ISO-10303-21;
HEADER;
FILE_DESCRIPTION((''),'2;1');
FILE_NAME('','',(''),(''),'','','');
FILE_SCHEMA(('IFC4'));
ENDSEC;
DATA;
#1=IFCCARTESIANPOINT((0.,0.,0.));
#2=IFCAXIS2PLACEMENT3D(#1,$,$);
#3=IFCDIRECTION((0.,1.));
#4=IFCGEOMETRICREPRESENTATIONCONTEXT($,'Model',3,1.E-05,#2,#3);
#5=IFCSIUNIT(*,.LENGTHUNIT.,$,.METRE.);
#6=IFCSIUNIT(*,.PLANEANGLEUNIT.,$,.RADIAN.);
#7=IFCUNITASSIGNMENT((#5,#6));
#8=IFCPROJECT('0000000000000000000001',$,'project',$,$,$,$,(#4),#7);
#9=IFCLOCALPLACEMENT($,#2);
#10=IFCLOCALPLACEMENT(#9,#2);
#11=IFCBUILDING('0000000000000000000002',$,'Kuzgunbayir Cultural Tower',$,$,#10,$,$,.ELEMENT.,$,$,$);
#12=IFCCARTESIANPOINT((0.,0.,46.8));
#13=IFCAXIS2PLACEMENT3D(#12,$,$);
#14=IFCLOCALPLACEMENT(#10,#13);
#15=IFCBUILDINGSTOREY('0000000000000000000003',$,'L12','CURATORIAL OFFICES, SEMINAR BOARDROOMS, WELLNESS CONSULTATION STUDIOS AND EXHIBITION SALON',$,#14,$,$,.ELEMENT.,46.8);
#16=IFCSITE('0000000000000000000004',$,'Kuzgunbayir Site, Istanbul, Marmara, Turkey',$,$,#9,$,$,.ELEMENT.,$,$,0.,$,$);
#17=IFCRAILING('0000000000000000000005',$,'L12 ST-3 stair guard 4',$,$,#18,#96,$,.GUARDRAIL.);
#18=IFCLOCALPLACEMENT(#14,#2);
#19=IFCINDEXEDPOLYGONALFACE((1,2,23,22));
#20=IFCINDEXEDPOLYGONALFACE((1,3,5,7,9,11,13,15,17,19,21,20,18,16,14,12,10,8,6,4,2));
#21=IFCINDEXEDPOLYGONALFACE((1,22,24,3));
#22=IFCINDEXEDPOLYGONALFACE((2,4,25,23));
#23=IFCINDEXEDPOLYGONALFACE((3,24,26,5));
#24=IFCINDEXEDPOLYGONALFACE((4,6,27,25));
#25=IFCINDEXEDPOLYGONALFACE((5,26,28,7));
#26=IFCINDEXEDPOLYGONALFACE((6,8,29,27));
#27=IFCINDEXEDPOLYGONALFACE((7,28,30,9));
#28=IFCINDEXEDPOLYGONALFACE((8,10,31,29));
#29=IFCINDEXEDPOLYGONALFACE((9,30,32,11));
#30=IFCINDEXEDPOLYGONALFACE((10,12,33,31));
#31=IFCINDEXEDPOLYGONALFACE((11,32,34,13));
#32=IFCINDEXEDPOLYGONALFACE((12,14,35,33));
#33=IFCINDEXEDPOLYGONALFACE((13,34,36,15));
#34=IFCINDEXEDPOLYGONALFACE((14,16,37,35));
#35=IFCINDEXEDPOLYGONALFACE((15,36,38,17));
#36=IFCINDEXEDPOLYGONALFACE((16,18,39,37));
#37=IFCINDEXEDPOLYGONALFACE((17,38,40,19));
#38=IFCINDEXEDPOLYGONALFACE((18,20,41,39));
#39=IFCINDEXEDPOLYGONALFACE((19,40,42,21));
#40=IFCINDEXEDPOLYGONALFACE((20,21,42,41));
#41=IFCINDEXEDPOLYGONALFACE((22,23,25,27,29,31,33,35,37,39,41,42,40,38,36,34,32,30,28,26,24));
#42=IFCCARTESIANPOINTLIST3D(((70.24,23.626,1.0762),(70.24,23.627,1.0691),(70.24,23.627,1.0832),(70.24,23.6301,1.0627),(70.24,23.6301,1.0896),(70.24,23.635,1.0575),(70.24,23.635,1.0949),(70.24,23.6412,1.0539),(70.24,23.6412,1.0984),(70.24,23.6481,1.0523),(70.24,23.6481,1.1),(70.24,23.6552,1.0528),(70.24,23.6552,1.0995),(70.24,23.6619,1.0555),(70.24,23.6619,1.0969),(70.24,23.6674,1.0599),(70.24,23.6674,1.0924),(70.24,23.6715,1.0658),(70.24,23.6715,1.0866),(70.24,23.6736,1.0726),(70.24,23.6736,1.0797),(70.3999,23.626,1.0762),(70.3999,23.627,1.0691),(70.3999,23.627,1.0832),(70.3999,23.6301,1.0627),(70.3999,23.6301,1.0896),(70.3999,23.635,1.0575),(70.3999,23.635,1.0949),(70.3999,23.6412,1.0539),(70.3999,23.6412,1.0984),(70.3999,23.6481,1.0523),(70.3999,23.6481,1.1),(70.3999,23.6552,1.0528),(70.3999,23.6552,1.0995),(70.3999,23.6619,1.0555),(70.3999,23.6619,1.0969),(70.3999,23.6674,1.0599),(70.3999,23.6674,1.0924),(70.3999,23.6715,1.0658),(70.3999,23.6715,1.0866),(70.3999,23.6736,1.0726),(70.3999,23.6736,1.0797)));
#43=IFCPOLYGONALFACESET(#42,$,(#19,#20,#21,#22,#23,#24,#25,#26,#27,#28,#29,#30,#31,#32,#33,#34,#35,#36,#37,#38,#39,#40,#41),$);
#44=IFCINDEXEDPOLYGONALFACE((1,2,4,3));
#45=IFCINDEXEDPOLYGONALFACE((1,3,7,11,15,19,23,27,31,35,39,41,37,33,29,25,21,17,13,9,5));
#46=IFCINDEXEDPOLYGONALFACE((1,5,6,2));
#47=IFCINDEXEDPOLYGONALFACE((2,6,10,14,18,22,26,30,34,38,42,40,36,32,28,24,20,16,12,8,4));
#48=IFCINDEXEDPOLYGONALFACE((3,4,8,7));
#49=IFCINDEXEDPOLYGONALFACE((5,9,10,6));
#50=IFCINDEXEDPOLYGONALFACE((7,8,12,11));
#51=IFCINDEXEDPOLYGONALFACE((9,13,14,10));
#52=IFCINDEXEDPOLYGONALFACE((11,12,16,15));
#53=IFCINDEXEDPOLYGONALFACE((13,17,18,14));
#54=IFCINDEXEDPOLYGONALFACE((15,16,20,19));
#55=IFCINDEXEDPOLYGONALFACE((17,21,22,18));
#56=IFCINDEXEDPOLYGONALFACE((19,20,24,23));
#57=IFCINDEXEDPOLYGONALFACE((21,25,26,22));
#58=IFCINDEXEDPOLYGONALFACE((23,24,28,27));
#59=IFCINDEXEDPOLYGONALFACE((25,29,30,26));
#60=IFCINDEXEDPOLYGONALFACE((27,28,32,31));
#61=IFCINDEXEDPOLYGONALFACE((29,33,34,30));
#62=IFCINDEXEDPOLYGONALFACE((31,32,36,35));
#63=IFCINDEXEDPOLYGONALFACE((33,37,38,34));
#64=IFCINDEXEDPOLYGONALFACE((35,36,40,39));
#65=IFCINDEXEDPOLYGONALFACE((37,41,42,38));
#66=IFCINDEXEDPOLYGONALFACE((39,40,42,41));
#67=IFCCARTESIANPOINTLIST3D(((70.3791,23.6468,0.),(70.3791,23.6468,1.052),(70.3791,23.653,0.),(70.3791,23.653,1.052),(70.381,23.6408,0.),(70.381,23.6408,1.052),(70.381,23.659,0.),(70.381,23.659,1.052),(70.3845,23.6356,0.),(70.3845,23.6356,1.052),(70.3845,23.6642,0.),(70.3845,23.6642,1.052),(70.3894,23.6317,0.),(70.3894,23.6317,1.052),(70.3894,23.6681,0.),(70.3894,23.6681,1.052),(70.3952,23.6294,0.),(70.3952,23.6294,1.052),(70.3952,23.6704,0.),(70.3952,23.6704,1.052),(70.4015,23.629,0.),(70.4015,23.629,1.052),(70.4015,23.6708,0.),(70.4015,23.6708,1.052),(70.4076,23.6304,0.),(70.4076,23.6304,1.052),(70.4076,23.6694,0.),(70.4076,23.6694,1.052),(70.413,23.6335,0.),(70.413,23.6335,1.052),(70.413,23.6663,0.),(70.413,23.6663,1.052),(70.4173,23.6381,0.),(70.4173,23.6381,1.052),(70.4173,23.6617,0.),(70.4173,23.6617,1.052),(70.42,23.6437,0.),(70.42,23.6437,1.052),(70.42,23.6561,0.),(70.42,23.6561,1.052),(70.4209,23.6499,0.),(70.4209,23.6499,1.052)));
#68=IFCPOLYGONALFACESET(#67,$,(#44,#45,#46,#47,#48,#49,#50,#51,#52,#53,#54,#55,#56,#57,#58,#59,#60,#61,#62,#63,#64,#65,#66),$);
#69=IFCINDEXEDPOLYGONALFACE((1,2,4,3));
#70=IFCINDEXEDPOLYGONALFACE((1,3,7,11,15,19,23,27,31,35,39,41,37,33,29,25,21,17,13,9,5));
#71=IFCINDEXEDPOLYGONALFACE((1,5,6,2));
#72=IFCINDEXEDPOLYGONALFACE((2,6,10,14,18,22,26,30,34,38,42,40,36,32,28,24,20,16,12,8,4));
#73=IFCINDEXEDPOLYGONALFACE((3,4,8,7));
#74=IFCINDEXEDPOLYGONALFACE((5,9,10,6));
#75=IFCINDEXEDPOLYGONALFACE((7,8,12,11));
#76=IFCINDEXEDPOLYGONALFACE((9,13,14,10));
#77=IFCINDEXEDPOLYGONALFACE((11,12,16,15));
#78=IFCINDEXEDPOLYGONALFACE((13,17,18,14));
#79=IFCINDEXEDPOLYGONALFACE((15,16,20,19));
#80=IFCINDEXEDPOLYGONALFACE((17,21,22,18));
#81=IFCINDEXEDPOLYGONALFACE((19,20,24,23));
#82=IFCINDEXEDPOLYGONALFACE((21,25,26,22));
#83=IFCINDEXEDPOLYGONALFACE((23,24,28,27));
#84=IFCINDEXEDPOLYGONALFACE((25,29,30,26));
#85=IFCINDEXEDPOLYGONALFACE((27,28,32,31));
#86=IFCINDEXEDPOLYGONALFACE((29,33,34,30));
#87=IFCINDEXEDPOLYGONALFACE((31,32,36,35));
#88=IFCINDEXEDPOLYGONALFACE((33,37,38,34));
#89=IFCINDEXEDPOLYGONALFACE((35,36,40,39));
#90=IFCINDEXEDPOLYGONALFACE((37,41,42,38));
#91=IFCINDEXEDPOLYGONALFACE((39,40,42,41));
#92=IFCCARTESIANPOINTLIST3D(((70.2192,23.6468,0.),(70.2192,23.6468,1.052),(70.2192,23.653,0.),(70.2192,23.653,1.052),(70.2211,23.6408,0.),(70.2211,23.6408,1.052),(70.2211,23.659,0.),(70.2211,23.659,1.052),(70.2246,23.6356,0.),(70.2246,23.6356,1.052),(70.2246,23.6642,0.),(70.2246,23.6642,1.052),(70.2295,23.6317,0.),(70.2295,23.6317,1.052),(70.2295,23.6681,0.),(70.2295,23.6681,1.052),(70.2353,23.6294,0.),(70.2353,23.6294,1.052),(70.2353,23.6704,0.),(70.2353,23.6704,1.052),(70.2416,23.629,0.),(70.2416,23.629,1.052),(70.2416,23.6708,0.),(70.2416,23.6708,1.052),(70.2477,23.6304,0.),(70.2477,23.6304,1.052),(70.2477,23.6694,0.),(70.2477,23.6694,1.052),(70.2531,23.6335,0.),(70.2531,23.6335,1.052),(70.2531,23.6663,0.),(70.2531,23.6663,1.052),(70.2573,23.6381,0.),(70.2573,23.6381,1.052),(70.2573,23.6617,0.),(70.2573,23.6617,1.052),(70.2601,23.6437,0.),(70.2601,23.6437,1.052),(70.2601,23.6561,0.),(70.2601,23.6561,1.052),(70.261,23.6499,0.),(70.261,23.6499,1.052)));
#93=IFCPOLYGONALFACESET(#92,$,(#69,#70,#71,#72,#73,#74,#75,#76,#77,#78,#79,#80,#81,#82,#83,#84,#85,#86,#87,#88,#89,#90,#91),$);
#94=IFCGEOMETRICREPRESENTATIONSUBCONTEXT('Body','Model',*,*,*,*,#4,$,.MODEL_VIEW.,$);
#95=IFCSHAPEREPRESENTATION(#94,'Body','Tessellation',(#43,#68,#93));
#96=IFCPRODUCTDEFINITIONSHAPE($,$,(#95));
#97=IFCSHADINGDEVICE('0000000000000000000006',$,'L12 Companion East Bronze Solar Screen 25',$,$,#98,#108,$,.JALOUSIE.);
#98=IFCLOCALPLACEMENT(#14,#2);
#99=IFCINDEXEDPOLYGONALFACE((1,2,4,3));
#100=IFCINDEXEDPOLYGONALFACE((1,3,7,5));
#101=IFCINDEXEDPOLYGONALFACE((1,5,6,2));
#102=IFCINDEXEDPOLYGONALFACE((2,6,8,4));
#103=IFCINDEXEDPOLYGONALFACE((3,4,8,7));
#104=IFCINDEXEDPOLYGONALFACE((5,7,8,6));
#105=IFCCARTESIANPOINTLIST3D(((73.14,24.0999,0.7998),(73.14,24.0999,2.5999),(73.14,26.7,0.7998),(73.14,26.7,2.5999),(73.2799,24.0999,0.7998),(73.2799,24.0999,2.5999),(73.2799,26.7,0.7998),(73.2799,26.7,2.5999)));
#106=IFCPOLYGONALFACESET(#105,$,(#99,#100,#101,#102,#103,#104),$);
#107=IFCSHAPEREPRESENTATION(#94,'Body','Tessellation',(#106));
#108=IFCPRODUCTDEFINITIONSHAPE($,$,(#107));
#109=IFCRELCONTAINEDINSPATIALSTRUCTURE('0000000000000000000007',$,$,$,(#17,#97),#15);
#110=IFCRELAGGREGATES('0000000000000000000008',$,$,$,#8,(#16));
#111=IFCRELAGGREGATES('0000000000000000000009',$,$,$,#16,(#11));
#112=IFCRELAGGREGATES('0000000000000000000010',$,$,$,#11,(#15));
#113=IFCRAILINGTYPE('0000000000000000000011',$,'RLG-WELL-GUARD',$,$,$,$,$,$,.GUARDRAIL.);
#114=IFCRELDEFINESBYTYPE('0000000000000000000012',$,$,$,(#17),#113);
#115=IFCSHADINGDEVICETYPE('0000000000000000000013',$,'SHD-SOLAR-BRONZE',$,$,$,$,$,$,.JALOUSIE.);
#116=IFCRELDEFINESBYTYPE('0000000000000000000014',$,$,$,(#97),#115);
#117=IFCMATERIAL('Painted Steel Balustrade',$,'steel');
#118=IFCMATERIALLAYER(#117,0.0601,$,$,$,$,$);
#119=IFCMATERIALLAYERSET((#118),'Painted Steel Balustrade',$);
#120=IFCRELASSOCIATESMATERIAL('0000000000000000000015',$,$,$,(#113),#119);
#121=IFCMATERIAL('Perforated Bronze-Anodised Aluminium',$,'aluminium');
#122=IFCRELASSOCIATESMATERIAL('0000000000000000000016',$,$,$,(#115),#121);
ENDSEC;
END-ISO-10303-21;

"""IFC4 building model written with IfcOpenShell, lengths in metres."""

from ifc_helpers import new_model, si_unit, direction, frame, origin, origin_2d, place, context, subcontext, project, spatial, rectangle, circle, extrude, material, layer, layer_set, type_object, element, save


model = new_model("IFC4")

# Units and contexts
model_context = context("Model", 3, precision=1e-05, world=origin(), true_north=direction((0.0, 1.0)))
body_context = subcontext(model_context, "Body", "Model", "MODEL_VIEW")
ifc_project = project(units=[si_unit("LENGTHUNIT", "METRE"), si_unit("PLANEANGLEUNIT", "RADIAN")], contexts=[model_context])

# Site, building, storey
site_placement = place(None, origin())
site = spatial("IfcSite", under=ifc_project, at=site_placement, Name="Kuzgunbayir Site, Istanbul, Marmara, Turkey", CompositionType="ELEMENT", RefElevation=0.0)
building_placement = place(site_placement, origin())
building = spatial("IfcBuilding", under=site, at=building_placement, Name="Kuzgunbayir Cultural Tower", CompositionType="ELEMENT")
storey_placement = place(building_placement, frame((0.0, 0.0, 46.8)))
storey = spatial("IfcBuildingStorey", under=building, at=storey_placement, Name="L12", Description="CURATORIAL OFFICES, SEMINAR BOARDROOMS, WELLNESS CONSULTATION STUDIOS AND EXHIBITION SALON", CompositionType="ELEMENT", Elevation=46.8)

# Railing
ifc_material_1 = material(Name="Painted Steel Balustrade", Category="steel")
ifc_layer_1 = layer(ifc_material_1, 0.0601)
ifc_layer_set_1 = layer_set([ifc_layer_1], Name="Painted Steel Balustrade")
railing_type_1 = type_object("IfcRailingType", Name="RLG-WELL-GUARD", PredefinedType="GUARDRAIL", material=ifc_layer_set_1)
railing_1_placement = place(storey_placement, frame((70.3999, 23.6499, 0.0)))
element("IfcRailing", 1, at=railing_1_placement, inside=storey, type_object=railing_type_1, Name="L12 ST-3 stair guard 4", PredefinedType="GUARDRAIL", context=body_context, shape_type="SweptSolid", body=[
    extrude(circle(Radius=0.0239, at=origin_2d()), frame((0.0, 0.0, 1.0762), z_axis=(-1.0, 0.0, 0.0), x_axis=(0.0, -1.0, 0.0)), (0.0, 0.0, 1.0), 0.1599),
    extrude(circle(Radius=0.021, at=origin_2d()), origin(), (0.0, 0.0, 1.0), 1.052),
    extrude(circle(Radius=0.021, at=origin_2d()), frame((-0.1599, 0.0, 0.0)), (0.0, 0.0, 1.0), 1.052),
])

# Shading device
ifc_material_2 = material(Name="Perforated Bronze-Anodised Aluminium", Category="aluminium")
shading_device_type = type_object("IfcShadingDeviceType", Name="SHD-SOLAR-BRONZE", PredefinedType="JALOUSIE", material=ifc_material_2)
shading_device_placement = place(storey_placement, frame((73.21, 25.3999, 0.7998), z_axis=(0.0, 0.0, 1.0), x_axis=(1.0, 0.0, 0.0)))
element("IfcShadingDevice", 2, at=shading_device_placement, inside=storey, type_object=shading_device_type, Name="L12 Companion East Bronze Solar Screen 25", PredefinedType="JALOUSIE", context=body_context, shape_type="SweptSolid", body=[
    extrude(rectangle(XDim=0.1399, YDim=2.6001, at=origin_2d()), origin(), (0.0, 0.0, 1.0), 1.8),
])

save(model, "model.ifc")
